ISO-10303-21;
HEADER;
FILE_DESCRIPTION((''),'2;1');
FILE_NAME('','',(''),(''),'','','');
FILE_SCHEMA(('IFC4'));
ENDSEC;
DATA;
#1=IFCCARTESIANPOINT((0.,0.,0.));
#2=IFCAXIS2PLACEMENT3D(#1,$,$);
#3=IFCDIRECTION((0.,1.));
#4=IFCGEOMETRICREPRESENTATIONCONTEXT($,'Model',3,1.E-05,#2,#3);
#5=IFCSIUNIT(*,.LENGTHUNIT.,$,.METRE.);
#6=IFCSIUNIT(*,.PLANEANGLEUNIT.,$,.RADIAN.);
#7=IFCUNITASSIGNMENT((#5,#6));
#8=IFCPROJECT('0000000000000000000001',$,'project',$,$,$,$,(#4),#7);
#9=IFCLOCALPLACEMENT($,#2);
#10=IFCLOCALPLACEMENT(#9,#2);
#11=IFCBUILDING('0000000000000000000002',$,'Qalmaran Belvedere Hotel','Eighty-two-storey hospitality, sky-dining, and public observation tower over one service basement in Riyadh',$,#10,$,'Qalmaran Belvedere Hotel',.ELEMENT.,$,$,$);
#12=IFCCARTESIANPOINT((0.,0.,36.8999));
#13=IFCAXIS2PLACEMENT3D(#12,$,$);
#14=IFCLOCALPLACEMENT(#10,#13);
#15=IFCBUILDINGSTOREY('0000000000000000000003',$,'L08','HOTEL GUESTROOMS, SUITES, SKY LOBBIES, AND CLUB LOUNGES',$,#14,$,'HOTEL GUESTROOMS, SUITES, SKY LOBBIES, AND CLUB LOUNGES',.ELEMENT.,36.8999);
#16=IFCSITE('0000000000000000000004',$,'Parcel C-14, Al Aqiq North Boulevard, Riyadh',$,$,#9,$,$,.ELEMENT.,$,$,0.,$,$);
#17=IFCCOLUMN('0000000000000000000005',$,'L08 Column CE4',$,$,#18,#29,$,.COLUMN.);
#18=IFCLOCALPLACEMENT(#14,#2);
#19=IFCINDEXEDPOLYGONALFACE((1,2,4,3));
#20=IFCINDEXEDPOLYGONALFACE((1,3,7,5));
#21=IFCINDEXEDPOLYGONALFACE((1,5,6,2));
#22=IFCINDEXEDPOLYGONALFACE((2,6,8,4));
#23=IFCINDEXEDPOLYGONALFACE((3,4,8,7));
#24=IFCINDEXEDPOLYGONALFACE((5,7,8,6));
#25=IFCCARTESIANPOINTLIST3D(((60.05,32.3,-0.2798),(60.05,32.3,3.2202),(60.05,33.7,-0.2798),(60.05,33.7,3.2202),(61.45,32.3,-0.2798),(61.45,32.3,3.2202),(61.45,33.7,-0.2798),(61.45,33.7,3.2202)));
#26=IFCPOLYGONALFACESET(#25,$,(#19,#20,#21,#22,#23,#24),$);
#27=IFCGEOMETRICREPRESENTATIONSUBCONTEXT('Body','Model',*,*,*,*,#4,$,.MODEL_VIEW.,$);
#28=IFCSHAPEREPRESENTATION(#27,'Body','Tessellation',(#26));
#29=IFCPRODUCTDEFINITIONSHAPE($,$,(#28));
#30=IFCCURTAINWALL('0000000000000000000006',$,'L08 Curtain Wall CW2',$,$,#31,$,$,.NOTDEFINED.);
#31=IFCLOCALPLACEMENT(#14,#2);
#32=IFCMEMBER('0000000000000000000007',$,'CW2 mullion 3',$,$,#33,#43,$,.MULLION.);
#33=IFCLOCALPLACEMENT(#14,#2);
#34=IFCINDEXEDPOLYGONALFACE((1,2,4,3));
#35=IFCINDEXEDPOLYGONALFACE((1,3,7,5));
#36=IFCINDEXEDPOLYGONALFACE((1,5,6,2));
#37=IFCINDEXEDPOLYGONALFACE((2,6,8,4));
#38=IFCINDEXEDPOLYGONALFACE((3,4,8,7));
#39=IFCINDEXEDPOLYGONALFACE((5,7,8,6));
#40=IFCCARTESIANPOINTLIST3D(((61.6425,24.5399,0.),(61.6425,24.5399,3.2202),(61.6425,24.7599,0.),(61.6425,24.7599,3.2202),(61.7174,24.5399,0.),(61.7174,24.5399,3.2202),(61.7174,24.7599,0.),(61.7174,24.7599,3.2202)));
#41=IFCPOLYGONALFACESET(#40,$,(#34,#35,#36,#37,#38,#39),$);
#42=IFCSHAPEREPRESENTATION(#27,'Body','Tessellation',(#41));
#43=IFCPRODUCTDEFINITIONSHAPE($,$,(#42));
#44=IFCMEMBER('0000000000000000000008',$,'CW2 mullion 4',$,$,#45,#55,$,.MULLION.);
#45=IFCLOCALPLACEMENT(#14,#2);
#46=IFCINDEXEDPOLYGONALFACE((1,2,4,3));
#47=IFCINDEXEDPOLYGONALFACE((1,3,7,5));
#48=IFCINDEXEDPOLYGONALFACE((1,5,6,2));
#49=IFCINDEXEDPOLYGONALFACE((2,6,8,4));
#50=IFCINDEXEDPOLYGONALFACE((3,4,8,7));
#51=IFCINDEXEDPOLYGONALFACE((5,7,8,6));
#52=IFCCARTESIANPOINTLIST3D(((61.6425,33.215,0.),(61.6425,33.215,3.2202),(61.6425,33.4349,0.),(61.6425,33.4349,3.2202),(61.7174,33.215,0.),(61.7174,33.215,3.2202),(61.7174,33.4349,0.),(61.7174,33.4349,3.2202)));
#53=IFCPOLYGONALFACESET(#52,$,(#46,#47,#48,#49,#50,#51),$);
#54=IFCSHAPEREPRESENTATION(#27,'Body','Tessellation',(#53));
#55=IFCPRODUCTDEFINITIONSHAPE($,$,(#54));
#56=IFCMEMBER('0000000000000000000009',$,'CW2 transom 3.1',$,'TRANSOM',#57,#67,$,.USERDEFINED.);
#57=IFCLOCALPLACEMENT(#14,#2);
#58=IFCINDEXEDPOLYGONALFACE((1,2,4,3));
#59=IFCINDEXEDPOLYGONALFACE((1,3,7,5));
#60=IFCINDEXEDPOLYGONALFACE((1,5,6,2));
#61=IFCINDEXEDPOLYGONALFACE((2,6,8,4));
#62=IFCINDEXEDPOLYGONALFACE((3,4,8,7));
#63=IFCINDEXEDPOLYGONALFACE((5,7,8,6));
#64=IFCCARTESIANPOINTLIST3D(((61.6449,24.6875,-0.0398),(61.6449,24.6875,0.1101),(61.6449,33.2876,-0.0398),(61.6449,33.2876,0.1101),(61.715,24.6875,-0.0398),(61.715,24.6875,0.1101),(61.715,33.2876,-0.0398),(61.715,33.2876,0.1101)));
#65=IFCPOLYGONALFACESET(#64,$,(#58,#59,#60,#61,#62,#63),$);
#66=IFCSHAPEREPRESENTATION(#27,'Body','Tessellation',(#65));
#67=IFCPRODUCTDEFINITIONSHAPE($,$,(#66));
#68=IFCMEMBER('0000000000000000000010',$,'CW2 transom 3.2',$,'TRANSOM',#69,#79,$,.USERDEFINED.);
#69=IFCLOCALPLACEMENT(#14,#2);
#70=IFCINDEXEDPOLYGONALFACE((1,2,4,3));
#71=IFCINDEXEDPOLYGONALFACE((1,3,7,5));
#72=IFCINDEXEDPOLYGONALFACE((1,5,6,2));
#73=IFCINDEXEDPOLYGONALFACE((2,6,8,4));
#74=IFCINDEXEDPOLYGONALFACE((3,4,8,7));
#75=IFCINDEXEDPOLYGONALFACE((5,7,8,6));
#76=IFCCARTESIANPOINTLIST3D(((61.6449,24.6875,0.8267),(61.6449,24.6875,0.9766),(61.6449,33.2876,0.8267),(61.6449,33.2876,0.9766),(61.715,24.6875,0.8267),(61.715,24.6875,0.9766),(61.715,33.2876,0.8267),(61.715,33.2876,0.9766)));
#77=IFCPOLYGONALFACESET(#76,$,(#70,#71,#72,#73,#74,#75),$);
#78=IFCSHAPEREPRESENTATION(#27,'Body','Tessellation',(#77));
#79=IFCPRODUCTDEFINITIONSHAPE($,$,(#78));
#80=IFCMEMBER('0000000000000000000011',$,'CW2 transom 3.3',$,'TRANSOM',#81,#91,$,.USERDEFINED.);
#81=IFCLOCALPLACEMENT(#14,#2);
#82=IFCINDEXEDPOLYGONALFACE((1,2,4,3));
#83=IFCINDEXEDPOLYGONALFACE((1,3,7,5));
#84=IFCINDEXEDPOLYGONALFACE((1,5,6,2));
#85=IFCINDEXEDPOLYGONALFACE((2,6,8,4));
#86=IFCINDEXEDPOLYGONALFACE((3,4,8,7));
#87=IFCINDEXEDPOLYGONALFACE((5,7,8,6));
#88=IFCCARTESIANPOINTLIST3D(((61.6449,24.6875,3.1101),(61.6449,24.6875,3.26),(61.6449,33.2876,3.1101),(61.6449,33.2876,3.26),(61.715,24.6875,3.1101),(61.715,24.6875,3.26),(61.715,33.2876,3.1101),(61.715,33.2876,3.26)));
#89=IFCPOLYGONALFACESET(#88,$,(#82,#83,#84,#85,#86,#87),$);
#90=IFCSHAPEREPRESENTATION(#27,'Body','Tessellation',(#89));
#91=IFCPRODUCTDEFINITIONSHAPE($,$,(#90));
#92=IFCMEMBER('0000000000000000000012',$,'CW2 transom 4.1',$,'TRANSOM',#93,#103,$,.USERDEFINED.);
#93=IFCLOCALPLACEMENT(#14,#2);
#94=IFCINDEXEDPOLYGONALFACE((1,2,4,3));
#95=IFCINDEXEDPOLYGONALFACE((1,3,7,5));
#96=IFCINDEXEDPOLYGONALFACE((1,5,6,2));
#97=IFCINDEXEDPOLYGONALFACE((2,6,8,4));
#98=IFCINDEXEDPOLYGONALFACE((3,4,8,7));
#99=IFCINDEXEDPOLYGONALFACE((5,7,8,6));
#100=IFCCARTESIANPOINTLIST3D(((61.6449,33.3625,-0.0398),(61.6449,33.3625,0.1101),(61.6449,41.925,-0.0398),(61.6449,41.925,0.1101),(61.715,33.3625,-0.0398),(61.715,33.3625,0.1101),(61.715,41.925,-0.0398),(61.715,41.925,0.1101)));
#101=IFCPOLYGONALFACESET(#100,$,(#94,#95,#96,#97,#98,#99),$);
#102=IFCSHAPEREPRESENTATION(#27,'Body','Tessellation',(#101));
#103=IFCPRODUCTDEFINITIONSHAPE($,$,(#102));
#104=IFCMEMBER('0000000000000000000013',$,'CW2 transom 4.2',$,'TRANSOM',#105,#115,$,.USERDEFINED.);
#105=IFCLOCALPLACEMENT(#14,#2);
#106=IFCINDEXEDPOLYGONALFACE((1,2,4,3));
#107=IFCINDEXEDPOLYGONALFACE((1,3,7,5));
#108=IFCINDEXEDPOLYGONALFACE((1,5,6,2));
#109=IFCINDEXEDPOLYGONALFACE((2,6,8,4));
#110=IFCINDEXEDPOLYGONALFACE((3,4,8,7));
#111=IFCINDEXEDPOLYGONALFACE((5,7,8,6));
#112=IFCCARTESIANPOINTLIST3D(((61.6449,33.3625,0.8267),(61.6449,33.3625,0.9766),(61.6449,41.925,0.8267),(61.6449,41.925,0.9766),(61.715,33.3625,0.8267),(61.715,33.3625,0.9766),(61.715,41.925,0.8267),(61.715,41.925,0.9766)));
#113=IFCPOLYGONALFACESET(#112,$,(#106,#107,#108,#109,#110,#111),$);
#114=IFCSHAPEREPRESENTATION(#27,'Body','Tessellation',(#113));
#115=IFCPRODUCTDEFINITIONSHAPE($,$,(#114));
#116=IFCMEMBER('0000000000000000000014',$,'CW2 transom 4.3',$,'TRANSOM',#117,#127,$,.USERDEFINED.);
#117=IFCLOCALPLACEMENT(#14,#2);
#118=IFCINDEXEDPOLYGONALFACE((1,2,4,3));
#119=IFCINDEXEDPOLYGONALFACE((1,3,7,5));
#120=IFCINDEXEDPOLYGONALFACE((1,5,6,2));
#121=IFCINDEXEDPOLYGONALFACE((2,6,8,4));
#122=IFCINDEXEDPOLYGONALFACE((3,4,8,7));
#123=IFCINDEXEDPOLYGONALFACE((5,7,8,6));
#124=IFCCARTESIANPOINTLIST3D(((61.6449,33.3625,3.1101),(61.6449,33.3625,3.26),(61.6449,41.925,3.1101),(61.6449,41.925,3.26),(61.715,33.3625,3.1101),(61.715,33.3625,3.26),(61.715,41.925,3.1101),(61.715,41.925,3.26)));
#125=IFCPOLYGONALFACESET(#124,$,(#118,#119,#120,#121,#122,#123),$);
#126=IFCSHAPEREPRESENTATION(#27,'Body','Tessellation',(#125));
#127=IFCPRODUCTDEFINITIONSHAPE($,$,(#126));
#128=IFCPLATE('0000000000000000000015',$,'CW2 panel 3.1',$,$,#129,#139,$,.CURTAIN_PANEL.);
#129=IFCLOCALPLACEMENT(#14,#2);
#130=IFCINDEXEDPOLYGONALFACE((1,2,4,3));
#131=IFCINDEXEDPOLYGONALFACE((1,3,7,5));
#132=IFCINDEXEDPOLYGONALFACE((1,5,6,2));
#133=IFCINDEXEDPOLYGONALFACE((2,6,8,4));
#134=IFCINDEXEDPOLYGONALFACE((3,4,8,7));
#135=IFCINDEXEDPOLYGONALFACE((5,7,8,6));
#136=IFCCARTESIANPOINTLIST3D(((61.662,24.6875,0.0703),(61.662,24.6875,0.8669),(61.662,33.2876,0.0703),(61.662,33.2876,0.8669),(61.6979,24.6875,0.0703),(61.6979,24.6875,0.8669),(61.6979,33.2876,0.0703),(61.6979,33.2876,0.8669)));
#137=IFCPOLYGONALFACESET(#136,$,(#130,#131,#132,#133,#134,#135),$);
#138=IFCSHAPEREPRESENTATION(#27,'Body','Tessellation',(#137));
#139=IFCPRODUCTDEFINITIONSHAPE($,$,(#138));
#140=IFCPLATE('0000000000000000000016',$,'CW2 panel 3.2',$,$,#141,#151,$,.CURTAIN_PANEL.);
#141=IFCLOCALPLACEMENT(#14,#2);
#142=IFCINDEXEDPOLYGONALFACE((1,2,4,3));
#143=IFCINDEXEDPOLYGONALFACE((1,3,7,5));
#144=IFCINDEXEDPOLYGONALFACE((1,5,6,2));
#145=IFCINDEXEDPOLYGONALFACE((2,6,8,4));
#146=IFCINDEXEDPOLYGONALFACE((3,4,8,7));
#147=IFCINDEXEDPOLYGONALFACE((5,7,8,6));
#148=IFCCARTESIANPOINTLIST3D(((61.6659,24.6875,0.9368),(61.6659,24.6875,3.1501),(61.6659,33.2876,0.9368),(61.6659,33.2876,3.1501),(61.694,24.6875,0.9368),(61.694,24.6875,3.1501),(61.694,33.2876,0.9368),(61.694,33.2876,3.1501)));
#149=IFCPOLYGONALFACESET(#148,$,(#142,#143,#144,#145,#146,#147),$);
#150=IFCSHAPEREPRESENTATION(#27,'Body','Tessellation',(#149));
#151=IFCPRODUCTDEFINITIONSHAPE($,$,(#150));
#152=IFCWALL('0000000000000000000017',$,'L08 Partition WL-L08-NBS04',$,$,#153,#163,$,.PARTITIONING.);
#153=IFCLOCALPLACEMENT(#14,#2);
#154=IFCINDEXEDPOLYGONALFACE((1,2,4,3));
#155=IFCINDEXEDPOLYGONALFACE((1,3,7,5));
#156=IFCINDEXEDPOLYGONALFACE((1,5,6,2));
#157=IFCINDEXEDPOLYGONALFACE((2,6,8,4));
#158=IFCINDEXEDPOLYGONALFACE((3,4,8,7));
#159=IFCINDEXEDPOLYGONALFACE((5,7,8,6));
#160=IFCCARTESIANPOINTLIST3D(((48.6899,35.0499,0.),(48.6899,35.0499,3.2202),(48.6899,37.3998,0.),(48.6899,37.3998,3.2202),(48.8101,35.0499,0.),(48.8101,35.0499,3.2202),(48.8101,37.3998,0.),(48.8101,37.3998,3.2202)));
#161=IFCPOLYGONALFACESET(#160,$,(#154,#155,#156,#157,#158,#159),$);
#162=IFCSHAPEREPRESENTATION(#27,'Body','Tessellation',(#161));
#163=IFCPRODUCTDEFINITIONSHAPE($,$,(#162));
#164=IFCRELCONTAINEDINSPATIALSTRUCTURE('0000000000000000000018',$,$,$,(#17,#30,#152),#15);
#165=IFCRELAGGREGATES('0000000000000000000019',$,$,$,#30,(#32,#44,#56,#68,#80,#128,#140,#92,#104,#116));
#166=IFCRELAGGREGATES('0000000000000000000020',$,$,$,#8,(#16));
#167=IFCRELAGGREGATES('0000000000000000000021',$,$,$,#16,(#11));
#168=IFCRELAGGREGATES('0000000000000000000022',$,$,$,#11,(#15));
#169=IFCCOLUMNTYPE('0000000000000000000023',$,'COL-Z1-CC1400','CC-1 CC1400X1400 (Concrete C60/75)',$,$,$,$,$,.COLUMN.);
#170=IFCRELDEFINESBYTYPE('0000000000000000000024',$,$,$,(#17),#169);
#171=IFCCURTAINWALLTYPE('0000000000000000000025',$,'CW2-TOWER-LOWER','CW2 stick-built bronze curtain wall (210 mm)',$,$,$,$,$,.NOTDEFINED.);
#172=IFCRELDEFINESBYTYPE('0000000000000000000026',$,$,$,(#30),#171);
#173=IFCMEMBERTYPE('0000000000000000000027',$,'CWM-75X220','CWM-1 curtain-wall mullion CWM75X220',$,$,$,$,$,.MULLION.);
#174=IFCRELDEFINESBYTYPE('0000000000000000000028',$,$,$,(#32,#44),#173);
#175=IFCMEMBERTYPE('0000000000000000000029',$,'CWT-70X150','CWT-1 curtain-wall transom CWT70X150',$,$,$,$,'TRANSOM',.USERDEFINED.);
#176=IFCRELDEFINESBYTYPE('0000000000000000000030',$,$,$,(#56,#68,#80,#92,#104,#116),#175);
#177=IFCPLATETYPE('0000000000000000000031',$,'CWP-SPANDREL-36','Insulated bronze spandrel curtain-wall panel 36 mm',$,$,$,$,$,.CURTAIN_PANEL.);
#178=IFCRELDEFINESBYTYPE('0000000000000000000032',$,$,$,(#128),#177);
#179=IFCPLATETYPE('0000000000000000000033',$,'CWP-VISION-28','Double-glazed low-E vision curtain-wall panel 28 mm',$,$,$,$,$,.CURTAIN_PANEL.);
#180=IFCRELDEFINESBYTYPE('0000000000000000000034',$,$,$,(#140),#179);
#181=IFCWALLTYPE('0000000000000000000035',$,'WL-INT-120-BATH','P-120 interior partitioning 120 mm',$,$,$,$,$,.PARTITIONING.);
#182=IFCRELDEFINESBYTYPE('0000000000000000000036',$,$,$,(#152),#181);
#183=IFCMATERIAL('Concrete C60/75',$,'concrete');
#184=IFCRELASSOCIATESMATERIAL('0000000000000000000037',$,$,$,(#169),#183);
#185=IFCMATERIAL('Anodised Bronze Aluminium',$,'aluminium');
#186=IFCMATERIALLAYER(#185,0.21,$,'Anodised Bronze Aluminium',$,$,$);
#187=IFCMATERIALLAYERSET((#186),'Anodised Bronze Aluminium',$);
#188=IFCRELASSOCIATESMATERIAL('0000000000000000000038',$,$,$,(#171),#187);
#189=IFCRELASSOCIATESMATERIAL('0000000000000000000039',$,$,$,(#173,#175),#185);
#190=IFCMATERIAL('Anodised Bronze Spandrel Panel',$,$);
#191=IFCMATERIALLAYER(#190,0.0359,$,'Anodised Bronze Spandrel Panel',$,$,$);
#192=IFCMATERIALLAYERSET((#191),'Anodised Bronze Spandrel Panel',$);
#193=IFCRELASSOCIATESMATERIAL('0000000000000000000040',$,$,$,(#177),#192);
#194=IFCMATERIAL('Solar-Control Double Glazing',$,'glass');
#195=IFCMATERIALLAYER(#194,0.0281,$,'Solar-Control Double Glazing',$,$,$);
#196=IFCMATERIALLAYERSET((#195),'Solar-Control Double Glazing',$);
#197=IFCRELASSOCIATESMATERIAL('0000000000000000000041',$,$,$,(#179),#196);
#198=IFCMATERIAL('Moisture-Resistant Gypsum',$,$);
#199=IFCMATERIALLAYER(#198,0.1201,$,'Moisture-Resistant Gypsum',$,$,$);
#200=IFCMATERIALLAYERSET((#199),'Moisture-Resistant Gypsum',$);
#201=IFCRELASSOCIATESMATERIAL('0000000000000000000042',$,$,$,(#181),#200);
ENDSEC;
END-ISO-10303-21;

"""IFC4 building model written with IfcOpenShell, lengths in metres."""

from ifc_helpers import new_model, si_unit, direction, frame, frame_2d, origin, origin_2d, place, context, subcontext, project, spatial, rectangle, extrude, material, layer, layer_set, material_profile, profile_set, type_object, element, aggregate, save


model = new_model("IFC4")

# Units and contexts
model_context = context("Model", 3, precision=1e-05, world=origin(), true_north=direction((0.0, 1.0)))
body_context = subcontext(model_context, "Body", "Model", "MODEL_VIEW")
ifc_project = project(units=[si_unit("LENGTHUNIT", "METRE"), si_unit("PLANEANGLEUNIT", "RADIAN")], contexts=[model_context])

# Site, building, storey
site_placement = place(None, origin())
site = spatial("IfcSite", under=ifc_project, at=site_placement, Name="Parcel C-14, Al Aqiq North Boulevard, Riyadh", CompositionType="ELEMENT", RefElevation=0.0)
building_placement = place(site_placement, origin())
building = spatial("IfcBuilding", under=site, at=building_placement, Name="Qalmaran Belvedere Hotel", Description="Eighty-two-storey hospitality, sky-dining, and public observation tower over one service basement in Riyadh", LongName="Qalmaran Belvedere Hotel", CompositionType="ELEMENT")
storey_placement = place(building_placement, frame((0.0, 0.0, 36.8999)))
storey = spatial("IfcBuildingStorey", under=building, at=storey_placement, Name="L08", Description="HOTEL GUESTROOMS, SUITES, SKY LOBBIES, AND CLUB LOUNGES", LongName="HOTEL GUESTROOMS, SUITES, SKY LOBBIES, AND CLUB LOUNGES", CompositionType="ELEMENT", Elevation=36.8999)

# Column
ifc_material_1 = material(Name="Concrete C60/75", Category="concrete")
ifc_material_profile_1 = material_profile(ifc_material_1, rectangle(XDim=1.3999, YDim=1.3999, at=origin_2d()), Name="CC1400X1400")
ifc_profile_set_1 = profile_set([ifc_material_profile_1], Name="Concrete C60/75")
column_type = type_object("IfcColumnType", Name="COL-Z1-CC1400", Description="CC-1 CC1400X1400 (Concrete C60/75)", PredefinedType="COLUMN", material=ifc_profile_set_1)
column_placement = place(storey_placement, frame((60.75, 33.0, -0.2798), z_axis=(0.0, 0.0, 1.0), x_axis=(1.0, 0.0, 0.0)))
element("IfcColumn", 1, at=column_placement, inside=storey, type_object=column_type, Name="L08 Column CE4", PredefinedType="COLUMN", context=body_context, shape_type="SweptSolid", body=[
    extrude(rectangle(XDim=1.3999, YDim=1.3999, at=origin_2d()), origin(), (0.0, 0.0, 1.0), 3.5),
])

# Curtain wall, members, plates
ifc_material_2 = material(Name="Anodised Bronze Aluminium", Category="aluminium")
ifc_layer_1 = layer(ifc_material_2, 0.21, Name="Anodised Bronze Aluminium")
ifc_layer_set_1 = layer_set([ifc_layer_1], Name="Anodised Bronze Aluminium")
curtain_wall_type = type_object("IfcCurtainWallType", Name="CW2-TOWER-LOWER", Description="CW2 stick-built bronze curtain wall (210 mm)", PredefinedType="NOTDEFINED", material=ifc_layer_set_1)
curtain_wall_placement = place(storey_placement, origin())
curtain_wall = element("IfcCurtainWall", 2, at=curtain_wall_placement, inside=storey, type_object=curtain_wall_type, Name="L08 Curtain Wall CW2", PredefinedType="NOTDEFINED")
ifc_material_profile_2 = material_profile(ifc_material_2, rectangle(XDim=0.075, YDim=0.22, at=origin_2d()), Name="CWM75X220")
ifc_profile_set_2 = profile_set([ifc_material_profile_2], Name="Anodised Bronze Aluminium")
member_type_1 = type_object("IfcMemberType", Name="CWM-75X220", Description="CWM-1 curtain-wall mullion CWM75X220", PredefinedType="MULLION", material=ifc_profile_set_2)
member_1_placement = place(storey_placement, frame((61.6799, 24.6499, 0.0), z_axis=(0.0, 0.0, 1.0), x_axis=(-1.0, 0.0, 0.0)))
member_1 = element("IfcMember", 3, at=member_1_placement, type_object=member_type_1, Name="CW2 mullion 3", PredefinedType="MULLION", context=body_context, shape_type="SweptSolid", body=[
    extrude(rectangle(XDim=0.075, YDim=0.22, at=origin_2d()), origin(), (0.0, 0.0, 1.0), 3.2202),
])
member_2_placement = place(storey_placement, frame((61.6799, 33.325, 0.0), z_axis=(0.0, 0.0, 1.0), x_axis=(-1.0, 0.0, 0.0)))
member_2 = element("IfcMember", 4, at=member_2_placement, type_object=member_type_1, Name="CW2 mullion 4", PredefinedType="MULLION", context=body_context, shape_type="SweptSolid", body=[
    extrude(rectangle(XDim=0.075, YDim=0.22, at=origin_2d()), origin(), (0.0, 0.0, 1.0), 3.2202),
])
ifc_material_profile_3 = material_profile(ifc_material_2, rectangle(XDim=0.0701, YDim=0.1499, at=origin_2d()), Name="CWT70X150")
ifc_profile_set_3 = profile_set([ifc_material_profile_3], Name="Anodised Bronze Aluminium")
member_type_2 = type_object("IfcMemberType", Name="CWT-70X150", Description="CWT-1 curtain-wall transom CWT70X150", ElementType="TRANSOM", PredefinedType="USERDEFINED", material=ifc_profile_set_3)
member_3_placement = place(storey_placement, frame((61.6799, 24.6875, 0.0352), z_axis=(0.0, 1.0, 0.0), x_axis=(-1.0, 0.0, 0.0)))
member_3 = element("IfcMember", 5, at=member_3_placement, type_object=member_type_2, Name="CW2 transom 3.1", ObjectType="TRANSOM", PredefinedType="USERDEFINED", context=body_context, shape_type="SweptSolid", body=[
    extrude(rectangle(XDim=0.0701, YDim=0.1499, at=origin_2d()), origin(), (0.0, 0.0, 1.0), 8.6001),
])
member_4_placement = place(storey_placement, frame((61.6799, 24.6875, 0.9016), z_axis=(0.0, 1.0, 0.0), x_axis=(-1.0, 0.0, 0.0)))
member_4 = element("IfcMember", 6, at=member_4_placement, type_object=member_type_2, Name="CW2 transom 3.2", ObjectType="TRANSOM", PredefinedType="USERDEFINED", context=body_context, shape_type="SweptSolid", body=[
    extrude(rectangle(XDim=0.0701, YDim=0.1499, at=origin_2d()), origin(), (0.0, 0.0, 1.0), 8.6001),
])
member_5_placement = place(storey_placement, frame((61.6799, 24.6875, 3.1851), z_axis=(0.0, 1.0, 0.0), x_axis=(-1.0, 0.0, 0.0)))
member_5 = element("IfcMember", 7, at=member_5_placement, type_object=member_type_2, Name="CW2 transom 3.3", ObjectType="TRANSOM", PredefinedType="USERDEFINED", context=body_context, shape_type="SweptSolid", body=[
    extrude(rectangle(XDim=0.0701, YDim=0.1499, at=origin_2d()), origin(), (0.0, 0.0, 1.0), 8.6001),
])
member_6_placement = place(storey_placement, frame((61.6799, 33.3625, 0.0352), z_axis=(0.0, 1.0, 0.0), x_axis=(-1.0, 0.0, 0.0)))
member_6 = element("IfcMember", 8, at=member_6_placement, type_object=member_type_2, Name="CW2 transom 4.1", ObjectType="TRANSOM", PredefinedType="USERDEFINED", context=body_context, shape_type="SweptSolid", body=[
    extrude(rectangle(XDim=0.0701, YDim=0.1499, at=origin_2d()), origin(), (0.0, 0.0, 1.0), 8.5625),
])
member_7_placement = place(storey_placement, frame((61.6799, 33.3625, 0.9016), z_axis=(0.0, 1.0, 0.0), x_axis=(-1.0, 0.0, 0.0)))
member_7 = element("IfcMember", 9, at=member_7_placement, type_object=member_type_2, Name="CW2 transom 4.2", ObjectType="TRANSOM", PredefinedType="USERDEFINED", context=body_context, shape_type="SweptSolid", body=[
    extrude(rectangle(XDim=0.0701, YDim=0.1499, at=origin_2d()), origin(), (0.0, 0.0, 1.0), 8.5625),
])
member_8_placement = place(storey_placement, frame((61.6799, 33.3625, 3.1851), z_axis=(0.0, 1.0, 0.0), x_axis=(-1.0, 0.0, 0.0)))
member_8 = element("IfcMember", 10, at=member_8_placement, type_object=member_type_2, Name="CW2 transom 4.3", ObjectType="TRANSOM", PredefinedType="USERDEFINED", context=body_context, shape_type="SweptSolid", body=[
    extrude(rectangle(XDim=0.0701, YDim=0.1499, at=origin_2d()), origin(), (0.0, 0.0, 1.0), 8.5625),
])
ifc_material_3 = material(Name="Anodised Bronze Spandrel Panel")
ifc_layer_2 = layer(ifc_material_3, 0.0359, Name="Anodised Bronze Spandrel Panel")
ifc_layer_set_2 = layer_set([ifc_layer_2], Name="Anodised Bronze Spandrel Panel")
plate_type_1 = type_object("IfcPlateType", Name="CWP-SPANDREL-36", Description="Insulated bronze spandrel curtain-wall panel 36 mm", PredefinedType="CURTAIN_PANEL", material=ifc_layer_set_2)
plate_1_placement = place(storey_placement, frame((61.6799, 28.9875, 0.0703), z_axis=(0.0, 0.0, 1.0), x_axis=(0.0, 1.0, 0.0)))
plate_1 = element("IfcPlate", 11, at=plate_1_placement, type_object=plate_type_1, Name="CW2 panel 3.1", PredefinedType="CURTAIN_PANEL", context=body_context, shape_type="SweptSolid", body=[
    extrude(rectangle(XDim=8.6001, YDim=0.0359, at=origin_2d()), origin(), (0.0, 0.0, 1.0), 0.7966),
])
ifc_material_4 = material(Name="Solar-Control Double Glazing", Category="glass")
ifc_layer_3 = layer(ifc_material_4, 0.0281, Name="Solar-Control Double Glazing")
ifc_layer_set_3 = layer_set([ifc_layer_3], Name="Solar-Control Double Glazing")
plate_type_2 = type_object("IfcPlateType", Name="CWP-VISION-28", Description="Double-glazed low-E vision curtain-wall panel 28 mm", PredefinedType="CURTAIN_PANEL", material=ifc_layer_set_3)
plate_2_placement = place(storey_placement, frame((61.6799, 28.9875, 0.9368), z_axis=(0.0, 0.0, 1.0), x_axis=(0.0, 1.0, 0.0)))
plate_2 = element("IfcPlate", 12, at=plate_2_placement, type_object=plate_type_2, Name="CW2 panel 3.2", PredefinedType="CURTAIN_PANEL", context=body_context, shape_type="SweptSolid", body=[
    extrude(rectangle(XDim=8.6001, YDim=0.0281, at=origin_2d()), origin(), (0.0, 0.0, 1.0), 2.2134),
])
aggregate(curtain_wall, [member_1, member_2, member_3, member_4, member_5, plate_1, plate_2, member_6, member_7, member_8])

# Wall
ifc_material_5 = material(Name="Moisture-Resistant Gypsum")
ifc_layer_4 = layer(ifc_material_5, 0.1201, Name="Moisture-Resistant Gypsum")
ifc_layer_set_4 = layer_set([ifc_layer_4], Name="Moisture-Resistant Gypsum")
wall_type_1 = type_object("IfcWallType", Name="WL-INT-120-BATH", Description="P-120 interior partitioning 120 mm", PredefinedType="PARTITIONING", material=ifc_layer_set_4)
wall_1_placement = place(storey_placement, frame((48.75, 35.05, 0.0), z_axis=(0.0, 0.0, 1.0), x_axis=(0.0, 1.0, 0.0)))
element("IfcWall", 13, at=wall_1_placement, inside=storey, type_object=wall_type_1, Name="L08 Partition WL-L08-NBS04", PredefinedType="PARTITIONING", context=body_context, shape_type="SweptSolid", body=[
    extrude(rectangle(XDim=2.3499, YDim=0.1201, at=frame_2d((1.1748, 0.0))), origin(), (0.0, 0.0, 1.0), 3.2202),
])

save(model, "model.ifc")
